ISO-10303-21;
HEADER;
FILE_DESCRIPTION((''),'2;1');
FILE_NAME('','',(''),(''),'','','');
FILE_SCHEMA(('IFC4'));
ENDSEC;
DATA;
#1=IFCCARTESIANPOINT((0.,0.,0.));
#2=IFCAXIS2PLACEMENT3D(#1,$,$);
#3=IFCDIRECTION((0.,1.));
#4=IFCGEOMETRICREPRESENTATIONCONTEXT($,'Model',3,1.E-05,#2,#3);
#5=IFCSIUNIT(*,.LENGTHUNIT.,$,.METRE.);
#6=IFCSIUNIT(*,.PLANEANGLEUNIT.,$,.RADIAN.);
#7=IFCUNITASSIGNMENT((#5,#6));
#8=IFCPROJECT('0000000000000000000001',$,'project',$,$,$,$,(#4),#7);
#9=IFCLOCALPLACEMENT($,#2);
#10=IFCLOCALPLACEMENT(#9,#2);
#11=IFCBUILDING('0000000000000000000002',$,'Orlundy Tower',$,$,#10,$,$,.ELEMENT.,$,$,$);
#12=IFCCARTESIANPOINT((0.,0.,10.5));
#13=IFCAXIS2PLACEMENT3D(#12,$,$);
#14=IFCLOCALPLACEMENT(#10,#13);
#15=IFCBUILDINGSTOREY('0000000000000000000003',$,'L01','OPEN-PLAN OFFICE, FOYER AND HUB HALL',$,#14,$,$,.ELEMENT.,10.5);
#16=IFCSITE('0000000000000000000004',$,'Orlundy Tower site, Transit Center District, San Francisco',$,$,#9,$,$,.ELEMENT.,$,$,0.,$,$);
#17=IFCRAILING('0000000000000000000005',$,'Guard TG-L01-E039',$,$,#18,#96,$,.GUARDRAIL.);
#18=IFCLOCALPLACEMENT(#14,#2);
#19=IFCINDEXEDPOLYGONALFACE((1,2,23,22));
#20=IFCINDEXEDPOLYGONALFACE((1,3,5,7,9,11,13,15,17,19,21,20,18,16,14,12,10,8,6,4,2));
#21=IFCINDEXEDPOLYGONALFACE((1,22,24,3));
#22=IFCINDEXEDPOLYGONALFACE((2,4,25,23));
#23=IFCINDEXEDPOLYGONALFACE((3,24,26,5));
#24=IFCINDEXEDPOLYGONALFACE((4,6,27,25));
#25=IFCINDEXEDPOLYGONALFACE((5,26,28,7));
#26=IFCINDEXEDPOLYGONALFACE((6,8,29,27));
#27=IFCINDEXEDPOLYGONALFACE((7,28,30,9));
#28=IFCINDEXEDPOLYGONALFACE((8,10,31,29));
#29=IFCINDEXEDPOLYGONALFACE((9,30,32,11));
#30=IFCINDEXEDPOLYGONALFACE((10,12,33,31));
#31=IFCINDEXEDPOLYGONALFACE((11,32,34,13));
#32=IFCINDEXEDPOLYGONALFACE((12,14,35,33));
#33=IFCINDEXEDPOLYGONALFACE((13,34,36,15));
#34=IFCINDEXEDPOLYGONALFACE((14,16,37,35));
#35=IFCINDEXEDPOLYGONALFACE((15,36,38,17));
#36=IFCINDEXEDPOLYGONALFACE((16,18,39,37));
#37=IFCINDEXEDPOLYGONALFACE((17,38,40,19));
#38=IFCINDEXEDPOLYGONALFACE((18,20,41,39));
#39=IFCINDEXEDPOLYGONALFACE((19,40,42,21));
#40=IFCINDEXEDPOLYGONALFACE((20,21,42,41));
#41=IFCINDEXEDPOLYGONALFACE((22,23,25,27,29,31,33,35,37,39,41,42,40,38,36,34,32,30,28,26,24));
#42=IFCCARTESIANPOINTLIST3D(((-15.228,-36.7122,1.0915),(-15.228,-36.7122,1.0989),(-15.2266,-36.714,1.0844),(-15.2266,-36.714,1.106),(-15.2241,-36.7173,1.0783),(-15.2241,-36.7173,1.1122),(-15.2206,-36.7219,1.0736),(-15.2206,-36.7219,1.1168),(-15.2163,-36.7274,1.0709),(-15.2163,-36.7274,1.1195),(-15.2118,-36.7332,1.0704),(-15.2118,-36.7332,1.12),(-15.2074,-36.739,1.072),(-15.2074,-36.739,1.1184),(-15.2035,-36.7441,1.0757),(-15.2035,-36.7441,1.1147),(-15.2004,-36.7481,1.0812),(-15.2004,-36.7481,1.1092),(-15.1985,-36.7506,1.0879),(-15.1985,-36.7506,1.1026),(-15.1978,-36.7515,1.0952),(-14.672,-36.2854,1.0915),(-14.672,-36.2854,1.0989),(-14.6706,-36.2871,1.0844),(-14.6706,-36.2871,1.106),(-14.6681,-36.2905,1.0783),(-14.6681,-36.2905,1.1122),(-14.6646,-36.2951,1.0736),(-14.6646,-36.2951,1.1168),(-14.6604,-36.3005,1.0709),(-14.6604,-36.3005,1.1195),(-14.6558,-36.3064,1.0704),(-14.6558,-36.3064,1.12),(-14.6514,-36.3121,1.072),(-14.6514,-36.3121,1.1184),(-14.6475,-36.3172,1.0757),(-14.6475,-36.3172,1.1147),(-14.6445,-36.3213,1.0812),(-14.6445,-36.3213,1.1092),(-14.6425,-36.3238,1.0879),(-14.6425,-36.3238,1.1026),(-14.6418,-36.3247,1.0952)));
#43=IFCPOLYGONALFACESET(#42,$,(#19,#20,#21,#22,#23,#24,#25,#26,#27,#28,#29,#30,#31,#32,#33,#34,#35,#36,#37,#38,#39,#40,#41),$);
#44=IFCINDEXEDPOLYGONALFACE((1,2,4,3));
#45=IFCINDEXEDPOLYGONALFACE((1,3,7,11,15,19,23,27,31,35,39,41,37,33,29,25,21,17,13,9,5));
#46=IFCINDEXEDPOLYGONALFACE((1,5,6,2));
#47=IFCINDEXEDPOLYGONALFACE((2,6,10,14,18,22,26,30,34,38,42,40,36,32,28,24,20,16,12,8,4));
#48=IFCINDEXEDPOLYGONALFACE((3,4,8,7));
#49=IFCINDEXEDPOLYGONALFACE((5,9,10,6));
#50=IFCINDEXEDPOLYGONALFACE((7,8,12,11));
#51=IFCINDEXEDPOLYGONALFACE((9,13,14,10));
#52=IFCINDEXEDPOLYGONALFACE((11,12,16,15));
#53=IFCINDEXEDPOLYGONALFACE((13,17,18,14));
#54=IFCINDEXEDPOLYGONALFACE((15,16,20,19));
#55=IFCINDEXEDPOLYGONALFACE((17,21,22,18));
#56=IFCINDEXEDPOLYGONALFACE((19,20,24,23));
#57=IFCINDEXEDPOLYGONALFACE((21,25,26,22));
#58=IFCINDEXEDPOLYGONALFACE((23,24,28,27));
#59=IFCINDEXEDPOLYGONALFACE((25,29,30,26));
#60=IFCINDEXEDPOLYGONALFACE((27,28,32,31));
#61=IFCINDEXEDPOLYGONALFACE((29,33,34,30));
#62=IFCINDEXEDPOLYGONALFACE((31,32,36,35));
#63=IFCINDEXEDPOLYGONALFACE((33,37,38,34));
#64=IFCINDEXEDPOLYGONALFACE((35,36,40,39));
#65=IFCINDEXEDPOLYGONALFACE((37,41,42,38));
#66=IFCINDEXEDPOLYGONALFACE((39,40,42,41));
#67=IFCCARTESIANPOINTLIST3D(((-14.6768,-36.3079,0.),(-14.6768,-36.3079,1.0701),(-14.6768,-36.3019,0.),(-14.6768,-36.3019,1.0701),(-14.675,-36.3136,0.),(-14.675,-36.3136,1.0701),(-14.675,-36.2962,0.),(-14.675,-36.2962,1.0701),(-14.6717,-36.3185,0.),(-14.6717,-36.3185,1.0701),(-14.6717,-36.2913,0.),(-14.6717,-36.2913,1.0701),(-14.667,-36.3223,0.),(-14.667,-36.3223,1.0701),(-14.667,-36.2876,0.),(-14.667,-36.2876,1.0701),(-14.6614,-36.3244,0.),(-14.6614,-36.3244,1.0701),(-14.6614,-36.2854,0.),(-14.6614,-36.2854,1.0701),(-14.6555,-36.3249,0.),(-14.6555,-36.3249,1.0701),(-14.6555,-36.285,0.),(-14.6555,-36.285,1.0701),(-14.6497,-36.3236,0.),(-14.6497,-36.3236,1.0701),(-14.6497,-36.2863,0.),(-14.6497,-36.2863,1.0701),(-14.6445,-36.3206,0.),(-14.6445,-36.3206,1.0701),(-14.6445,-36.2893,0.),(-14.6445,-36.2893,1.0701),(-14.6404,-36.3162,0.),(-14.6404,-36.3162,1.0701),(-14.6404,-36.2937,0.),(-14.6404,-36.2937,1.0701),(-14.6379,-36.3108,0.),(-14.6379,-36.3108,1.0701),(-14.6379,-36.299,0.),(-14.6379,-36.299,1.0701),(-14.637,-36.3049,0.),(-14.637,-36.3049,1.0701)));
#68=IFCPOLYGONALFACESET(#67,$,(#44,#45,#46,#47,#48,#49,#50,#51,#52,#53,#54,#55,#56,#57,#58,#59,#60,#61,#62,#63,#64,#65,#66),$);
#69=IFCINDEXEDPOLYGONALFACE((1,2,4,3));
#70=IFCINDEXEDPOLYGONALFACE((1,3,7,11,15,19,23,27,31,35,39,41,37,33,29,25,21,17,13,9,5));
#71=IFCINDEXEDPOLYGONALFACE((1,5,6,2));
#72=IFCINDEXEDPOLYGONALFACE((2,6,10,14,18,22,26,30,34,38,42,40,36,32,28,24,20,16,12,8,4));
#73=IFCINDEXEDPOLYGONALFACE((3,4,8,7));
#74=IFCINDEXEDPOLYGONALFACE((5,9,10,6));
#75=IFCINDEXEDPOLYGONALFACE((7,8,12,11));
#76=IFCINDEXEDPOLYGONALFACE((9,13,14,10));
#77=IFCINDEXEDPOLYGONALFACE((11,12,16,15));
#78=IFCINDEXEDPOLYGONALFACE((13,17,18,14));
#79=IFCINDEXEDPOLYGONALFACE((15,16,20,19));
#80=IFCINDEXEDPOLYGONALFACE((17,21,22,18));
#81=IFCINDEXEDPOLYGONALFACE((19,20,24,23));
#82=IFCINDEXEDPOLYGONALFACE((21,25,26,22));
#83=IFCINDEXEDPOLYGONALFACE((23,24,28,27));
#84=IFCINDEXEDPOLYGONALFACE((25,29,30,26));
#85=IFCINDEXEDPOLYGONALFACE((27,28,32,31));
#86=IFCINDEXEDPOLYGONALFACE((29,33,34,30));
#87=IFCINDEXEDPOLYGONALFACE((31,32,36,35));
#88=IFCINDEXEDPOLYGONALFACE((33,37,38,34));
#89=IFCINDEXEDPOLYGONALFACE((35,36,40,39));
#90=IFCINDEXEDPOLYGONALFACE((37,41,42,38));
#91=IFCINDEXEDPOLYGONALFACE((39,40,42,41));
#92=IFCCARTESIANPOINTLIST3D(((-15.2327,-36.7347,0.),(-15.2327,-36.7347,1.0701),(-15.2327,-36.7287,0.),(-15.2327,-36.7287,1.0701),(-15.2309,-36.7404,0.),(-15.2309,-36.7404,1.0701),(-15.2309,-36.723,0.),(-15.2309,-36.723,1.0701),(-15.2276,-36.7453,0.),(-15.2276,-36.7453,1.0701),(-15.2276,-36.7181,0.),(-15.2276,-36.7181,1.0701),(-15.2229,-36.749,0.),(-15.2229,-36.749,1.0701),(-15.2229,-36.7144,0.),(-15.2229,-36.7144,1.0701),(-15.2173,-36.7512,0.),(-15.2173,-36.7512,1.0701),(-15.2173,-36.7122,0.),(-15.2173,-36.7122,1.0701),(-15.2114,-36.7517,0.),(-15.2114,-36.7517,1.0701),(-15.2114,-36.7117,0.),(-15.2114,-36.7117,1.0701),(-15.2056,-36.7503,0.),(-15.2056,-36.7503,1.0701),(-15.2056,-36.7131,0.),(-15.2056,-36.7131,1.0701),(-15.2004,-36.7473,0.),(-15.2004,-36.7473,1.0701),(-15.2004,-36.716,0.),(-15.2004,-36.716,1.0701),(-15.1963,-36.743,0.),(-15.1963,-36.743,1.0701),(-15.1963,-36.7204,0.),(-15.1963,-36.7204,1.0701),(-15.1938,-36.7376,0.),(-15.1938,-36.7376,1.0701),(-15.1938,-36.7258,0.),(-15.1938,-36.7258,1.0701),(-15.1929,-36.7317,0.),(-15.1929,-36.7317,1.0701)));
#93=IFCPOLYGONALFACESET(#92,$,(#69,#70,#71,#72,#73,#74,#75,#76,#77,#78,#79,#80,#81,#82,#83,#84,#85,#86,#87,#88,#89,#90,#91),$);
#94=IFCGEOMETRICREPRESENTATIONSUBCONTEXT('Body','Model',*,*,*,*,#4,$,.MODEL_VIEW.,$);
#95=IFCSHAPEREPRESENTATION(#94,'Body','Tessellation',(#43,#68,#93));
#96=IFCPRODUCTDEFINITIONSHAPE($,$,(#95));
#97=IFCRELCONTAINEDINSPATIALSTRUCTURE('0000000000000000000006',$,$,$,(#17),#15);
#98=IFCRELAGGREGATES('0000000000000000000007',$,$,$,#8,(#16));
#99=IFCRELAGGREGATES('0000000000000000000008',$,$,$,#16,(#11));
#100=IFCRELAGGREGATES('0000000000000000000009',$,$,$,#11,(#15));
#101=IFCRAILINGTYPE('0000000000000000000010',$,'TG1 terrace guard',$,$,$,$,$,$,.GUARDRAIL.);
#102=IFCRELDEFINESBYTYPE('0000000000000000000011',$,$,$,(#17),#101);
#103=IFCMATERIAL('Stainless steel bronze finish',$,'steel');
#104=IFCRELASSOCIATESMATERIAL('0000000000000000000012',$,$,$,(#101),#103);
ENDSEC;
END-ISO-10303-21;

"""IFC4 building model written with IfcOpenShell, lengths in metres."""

from ifc_helpers import new_model, si_unit, direction, frame, origin, origin_2d, place, context, subcontext, project, spatial, circle, extrude, material, type_object, element, save


model = new_model("IFC4")

# Units and contexts
model_context = context("Model", 3, precision=1e-05, world=origin(), true_north=direction((0.0, 1.0)))
body_context = subcontext(model_context, "Body", "Model", "MODEL_VIEW")
ifc_project = project(units=[si_unit("LENGTHUNIT", "METRE"), si_unit("PLANEANGLEUNIT", "RADIAN")], contexts=[model_context])

# Site, building, storey
site_placement = place(None, origin())
site = spatial("IfcSite", under=ifc_project, at=site_placement, Name="Orlundy Tower site, Transit Center District, San Francisco", CompositionType="ELEMENT", RefElevation=0.0)
building_placement = place(site_placement, origin())
building = spatial("IfcBuilding", under=site, at=building_placement, Name="Orlundy Tower", CompositionType="ELEMENT")
storey_placement = place(building_placement, frame((0.0, 0.0, 10.5)))
storey = spatial("IfcBuildingStorey", under=building, at=storey_placement, Name="L01", Description="OPEN-PLAN OFFICE, FOYER AND HUB HALL", CompositionType="ELEMENT", Elevation=10.5)

# Railing
ifc_material_1 = material(Name="Stainless steel bronze finish", Category="steel")
railing_type = type_object("IfcRailingType", Name="TG1 terrace guard", PredefinedType="GUARDRAIL", material=ifc_material_1)
railing_1_placement = place(storey_placement, frame((-14.657, -36.3049, 0.0)))
element("IfcRailing", 1, at=railing_1_placement, inside=storey, type_object=railing_type, Name="Guard TG-L01-E039", PredefinedType="GUARDRAIL", context=body_context, shape_type="SweptSolid", body=[
    extrude(circle(Radius=0.0249, at=origin_2d()), frame((0.0, 0.0, 1.0952), z_axis=(-0.793219, -0.608936, 0.0), x_axis=(0.608936, -0.793219, 0.0)), (0.0, 0.0, 1.0), 0.7009),
    extrude(circle(Radius=0.02, at=origin_2d()), origin(), (0.0, 0.0, 1.0), 1.0701),
    extrude(circle(Radius=0.02, at=origin_2d()), frame((-0.5559, -0.4268, 0.0)), (0.0, 0.0, 1.0), 1.0701),
])

save(model, "model.ifc")
